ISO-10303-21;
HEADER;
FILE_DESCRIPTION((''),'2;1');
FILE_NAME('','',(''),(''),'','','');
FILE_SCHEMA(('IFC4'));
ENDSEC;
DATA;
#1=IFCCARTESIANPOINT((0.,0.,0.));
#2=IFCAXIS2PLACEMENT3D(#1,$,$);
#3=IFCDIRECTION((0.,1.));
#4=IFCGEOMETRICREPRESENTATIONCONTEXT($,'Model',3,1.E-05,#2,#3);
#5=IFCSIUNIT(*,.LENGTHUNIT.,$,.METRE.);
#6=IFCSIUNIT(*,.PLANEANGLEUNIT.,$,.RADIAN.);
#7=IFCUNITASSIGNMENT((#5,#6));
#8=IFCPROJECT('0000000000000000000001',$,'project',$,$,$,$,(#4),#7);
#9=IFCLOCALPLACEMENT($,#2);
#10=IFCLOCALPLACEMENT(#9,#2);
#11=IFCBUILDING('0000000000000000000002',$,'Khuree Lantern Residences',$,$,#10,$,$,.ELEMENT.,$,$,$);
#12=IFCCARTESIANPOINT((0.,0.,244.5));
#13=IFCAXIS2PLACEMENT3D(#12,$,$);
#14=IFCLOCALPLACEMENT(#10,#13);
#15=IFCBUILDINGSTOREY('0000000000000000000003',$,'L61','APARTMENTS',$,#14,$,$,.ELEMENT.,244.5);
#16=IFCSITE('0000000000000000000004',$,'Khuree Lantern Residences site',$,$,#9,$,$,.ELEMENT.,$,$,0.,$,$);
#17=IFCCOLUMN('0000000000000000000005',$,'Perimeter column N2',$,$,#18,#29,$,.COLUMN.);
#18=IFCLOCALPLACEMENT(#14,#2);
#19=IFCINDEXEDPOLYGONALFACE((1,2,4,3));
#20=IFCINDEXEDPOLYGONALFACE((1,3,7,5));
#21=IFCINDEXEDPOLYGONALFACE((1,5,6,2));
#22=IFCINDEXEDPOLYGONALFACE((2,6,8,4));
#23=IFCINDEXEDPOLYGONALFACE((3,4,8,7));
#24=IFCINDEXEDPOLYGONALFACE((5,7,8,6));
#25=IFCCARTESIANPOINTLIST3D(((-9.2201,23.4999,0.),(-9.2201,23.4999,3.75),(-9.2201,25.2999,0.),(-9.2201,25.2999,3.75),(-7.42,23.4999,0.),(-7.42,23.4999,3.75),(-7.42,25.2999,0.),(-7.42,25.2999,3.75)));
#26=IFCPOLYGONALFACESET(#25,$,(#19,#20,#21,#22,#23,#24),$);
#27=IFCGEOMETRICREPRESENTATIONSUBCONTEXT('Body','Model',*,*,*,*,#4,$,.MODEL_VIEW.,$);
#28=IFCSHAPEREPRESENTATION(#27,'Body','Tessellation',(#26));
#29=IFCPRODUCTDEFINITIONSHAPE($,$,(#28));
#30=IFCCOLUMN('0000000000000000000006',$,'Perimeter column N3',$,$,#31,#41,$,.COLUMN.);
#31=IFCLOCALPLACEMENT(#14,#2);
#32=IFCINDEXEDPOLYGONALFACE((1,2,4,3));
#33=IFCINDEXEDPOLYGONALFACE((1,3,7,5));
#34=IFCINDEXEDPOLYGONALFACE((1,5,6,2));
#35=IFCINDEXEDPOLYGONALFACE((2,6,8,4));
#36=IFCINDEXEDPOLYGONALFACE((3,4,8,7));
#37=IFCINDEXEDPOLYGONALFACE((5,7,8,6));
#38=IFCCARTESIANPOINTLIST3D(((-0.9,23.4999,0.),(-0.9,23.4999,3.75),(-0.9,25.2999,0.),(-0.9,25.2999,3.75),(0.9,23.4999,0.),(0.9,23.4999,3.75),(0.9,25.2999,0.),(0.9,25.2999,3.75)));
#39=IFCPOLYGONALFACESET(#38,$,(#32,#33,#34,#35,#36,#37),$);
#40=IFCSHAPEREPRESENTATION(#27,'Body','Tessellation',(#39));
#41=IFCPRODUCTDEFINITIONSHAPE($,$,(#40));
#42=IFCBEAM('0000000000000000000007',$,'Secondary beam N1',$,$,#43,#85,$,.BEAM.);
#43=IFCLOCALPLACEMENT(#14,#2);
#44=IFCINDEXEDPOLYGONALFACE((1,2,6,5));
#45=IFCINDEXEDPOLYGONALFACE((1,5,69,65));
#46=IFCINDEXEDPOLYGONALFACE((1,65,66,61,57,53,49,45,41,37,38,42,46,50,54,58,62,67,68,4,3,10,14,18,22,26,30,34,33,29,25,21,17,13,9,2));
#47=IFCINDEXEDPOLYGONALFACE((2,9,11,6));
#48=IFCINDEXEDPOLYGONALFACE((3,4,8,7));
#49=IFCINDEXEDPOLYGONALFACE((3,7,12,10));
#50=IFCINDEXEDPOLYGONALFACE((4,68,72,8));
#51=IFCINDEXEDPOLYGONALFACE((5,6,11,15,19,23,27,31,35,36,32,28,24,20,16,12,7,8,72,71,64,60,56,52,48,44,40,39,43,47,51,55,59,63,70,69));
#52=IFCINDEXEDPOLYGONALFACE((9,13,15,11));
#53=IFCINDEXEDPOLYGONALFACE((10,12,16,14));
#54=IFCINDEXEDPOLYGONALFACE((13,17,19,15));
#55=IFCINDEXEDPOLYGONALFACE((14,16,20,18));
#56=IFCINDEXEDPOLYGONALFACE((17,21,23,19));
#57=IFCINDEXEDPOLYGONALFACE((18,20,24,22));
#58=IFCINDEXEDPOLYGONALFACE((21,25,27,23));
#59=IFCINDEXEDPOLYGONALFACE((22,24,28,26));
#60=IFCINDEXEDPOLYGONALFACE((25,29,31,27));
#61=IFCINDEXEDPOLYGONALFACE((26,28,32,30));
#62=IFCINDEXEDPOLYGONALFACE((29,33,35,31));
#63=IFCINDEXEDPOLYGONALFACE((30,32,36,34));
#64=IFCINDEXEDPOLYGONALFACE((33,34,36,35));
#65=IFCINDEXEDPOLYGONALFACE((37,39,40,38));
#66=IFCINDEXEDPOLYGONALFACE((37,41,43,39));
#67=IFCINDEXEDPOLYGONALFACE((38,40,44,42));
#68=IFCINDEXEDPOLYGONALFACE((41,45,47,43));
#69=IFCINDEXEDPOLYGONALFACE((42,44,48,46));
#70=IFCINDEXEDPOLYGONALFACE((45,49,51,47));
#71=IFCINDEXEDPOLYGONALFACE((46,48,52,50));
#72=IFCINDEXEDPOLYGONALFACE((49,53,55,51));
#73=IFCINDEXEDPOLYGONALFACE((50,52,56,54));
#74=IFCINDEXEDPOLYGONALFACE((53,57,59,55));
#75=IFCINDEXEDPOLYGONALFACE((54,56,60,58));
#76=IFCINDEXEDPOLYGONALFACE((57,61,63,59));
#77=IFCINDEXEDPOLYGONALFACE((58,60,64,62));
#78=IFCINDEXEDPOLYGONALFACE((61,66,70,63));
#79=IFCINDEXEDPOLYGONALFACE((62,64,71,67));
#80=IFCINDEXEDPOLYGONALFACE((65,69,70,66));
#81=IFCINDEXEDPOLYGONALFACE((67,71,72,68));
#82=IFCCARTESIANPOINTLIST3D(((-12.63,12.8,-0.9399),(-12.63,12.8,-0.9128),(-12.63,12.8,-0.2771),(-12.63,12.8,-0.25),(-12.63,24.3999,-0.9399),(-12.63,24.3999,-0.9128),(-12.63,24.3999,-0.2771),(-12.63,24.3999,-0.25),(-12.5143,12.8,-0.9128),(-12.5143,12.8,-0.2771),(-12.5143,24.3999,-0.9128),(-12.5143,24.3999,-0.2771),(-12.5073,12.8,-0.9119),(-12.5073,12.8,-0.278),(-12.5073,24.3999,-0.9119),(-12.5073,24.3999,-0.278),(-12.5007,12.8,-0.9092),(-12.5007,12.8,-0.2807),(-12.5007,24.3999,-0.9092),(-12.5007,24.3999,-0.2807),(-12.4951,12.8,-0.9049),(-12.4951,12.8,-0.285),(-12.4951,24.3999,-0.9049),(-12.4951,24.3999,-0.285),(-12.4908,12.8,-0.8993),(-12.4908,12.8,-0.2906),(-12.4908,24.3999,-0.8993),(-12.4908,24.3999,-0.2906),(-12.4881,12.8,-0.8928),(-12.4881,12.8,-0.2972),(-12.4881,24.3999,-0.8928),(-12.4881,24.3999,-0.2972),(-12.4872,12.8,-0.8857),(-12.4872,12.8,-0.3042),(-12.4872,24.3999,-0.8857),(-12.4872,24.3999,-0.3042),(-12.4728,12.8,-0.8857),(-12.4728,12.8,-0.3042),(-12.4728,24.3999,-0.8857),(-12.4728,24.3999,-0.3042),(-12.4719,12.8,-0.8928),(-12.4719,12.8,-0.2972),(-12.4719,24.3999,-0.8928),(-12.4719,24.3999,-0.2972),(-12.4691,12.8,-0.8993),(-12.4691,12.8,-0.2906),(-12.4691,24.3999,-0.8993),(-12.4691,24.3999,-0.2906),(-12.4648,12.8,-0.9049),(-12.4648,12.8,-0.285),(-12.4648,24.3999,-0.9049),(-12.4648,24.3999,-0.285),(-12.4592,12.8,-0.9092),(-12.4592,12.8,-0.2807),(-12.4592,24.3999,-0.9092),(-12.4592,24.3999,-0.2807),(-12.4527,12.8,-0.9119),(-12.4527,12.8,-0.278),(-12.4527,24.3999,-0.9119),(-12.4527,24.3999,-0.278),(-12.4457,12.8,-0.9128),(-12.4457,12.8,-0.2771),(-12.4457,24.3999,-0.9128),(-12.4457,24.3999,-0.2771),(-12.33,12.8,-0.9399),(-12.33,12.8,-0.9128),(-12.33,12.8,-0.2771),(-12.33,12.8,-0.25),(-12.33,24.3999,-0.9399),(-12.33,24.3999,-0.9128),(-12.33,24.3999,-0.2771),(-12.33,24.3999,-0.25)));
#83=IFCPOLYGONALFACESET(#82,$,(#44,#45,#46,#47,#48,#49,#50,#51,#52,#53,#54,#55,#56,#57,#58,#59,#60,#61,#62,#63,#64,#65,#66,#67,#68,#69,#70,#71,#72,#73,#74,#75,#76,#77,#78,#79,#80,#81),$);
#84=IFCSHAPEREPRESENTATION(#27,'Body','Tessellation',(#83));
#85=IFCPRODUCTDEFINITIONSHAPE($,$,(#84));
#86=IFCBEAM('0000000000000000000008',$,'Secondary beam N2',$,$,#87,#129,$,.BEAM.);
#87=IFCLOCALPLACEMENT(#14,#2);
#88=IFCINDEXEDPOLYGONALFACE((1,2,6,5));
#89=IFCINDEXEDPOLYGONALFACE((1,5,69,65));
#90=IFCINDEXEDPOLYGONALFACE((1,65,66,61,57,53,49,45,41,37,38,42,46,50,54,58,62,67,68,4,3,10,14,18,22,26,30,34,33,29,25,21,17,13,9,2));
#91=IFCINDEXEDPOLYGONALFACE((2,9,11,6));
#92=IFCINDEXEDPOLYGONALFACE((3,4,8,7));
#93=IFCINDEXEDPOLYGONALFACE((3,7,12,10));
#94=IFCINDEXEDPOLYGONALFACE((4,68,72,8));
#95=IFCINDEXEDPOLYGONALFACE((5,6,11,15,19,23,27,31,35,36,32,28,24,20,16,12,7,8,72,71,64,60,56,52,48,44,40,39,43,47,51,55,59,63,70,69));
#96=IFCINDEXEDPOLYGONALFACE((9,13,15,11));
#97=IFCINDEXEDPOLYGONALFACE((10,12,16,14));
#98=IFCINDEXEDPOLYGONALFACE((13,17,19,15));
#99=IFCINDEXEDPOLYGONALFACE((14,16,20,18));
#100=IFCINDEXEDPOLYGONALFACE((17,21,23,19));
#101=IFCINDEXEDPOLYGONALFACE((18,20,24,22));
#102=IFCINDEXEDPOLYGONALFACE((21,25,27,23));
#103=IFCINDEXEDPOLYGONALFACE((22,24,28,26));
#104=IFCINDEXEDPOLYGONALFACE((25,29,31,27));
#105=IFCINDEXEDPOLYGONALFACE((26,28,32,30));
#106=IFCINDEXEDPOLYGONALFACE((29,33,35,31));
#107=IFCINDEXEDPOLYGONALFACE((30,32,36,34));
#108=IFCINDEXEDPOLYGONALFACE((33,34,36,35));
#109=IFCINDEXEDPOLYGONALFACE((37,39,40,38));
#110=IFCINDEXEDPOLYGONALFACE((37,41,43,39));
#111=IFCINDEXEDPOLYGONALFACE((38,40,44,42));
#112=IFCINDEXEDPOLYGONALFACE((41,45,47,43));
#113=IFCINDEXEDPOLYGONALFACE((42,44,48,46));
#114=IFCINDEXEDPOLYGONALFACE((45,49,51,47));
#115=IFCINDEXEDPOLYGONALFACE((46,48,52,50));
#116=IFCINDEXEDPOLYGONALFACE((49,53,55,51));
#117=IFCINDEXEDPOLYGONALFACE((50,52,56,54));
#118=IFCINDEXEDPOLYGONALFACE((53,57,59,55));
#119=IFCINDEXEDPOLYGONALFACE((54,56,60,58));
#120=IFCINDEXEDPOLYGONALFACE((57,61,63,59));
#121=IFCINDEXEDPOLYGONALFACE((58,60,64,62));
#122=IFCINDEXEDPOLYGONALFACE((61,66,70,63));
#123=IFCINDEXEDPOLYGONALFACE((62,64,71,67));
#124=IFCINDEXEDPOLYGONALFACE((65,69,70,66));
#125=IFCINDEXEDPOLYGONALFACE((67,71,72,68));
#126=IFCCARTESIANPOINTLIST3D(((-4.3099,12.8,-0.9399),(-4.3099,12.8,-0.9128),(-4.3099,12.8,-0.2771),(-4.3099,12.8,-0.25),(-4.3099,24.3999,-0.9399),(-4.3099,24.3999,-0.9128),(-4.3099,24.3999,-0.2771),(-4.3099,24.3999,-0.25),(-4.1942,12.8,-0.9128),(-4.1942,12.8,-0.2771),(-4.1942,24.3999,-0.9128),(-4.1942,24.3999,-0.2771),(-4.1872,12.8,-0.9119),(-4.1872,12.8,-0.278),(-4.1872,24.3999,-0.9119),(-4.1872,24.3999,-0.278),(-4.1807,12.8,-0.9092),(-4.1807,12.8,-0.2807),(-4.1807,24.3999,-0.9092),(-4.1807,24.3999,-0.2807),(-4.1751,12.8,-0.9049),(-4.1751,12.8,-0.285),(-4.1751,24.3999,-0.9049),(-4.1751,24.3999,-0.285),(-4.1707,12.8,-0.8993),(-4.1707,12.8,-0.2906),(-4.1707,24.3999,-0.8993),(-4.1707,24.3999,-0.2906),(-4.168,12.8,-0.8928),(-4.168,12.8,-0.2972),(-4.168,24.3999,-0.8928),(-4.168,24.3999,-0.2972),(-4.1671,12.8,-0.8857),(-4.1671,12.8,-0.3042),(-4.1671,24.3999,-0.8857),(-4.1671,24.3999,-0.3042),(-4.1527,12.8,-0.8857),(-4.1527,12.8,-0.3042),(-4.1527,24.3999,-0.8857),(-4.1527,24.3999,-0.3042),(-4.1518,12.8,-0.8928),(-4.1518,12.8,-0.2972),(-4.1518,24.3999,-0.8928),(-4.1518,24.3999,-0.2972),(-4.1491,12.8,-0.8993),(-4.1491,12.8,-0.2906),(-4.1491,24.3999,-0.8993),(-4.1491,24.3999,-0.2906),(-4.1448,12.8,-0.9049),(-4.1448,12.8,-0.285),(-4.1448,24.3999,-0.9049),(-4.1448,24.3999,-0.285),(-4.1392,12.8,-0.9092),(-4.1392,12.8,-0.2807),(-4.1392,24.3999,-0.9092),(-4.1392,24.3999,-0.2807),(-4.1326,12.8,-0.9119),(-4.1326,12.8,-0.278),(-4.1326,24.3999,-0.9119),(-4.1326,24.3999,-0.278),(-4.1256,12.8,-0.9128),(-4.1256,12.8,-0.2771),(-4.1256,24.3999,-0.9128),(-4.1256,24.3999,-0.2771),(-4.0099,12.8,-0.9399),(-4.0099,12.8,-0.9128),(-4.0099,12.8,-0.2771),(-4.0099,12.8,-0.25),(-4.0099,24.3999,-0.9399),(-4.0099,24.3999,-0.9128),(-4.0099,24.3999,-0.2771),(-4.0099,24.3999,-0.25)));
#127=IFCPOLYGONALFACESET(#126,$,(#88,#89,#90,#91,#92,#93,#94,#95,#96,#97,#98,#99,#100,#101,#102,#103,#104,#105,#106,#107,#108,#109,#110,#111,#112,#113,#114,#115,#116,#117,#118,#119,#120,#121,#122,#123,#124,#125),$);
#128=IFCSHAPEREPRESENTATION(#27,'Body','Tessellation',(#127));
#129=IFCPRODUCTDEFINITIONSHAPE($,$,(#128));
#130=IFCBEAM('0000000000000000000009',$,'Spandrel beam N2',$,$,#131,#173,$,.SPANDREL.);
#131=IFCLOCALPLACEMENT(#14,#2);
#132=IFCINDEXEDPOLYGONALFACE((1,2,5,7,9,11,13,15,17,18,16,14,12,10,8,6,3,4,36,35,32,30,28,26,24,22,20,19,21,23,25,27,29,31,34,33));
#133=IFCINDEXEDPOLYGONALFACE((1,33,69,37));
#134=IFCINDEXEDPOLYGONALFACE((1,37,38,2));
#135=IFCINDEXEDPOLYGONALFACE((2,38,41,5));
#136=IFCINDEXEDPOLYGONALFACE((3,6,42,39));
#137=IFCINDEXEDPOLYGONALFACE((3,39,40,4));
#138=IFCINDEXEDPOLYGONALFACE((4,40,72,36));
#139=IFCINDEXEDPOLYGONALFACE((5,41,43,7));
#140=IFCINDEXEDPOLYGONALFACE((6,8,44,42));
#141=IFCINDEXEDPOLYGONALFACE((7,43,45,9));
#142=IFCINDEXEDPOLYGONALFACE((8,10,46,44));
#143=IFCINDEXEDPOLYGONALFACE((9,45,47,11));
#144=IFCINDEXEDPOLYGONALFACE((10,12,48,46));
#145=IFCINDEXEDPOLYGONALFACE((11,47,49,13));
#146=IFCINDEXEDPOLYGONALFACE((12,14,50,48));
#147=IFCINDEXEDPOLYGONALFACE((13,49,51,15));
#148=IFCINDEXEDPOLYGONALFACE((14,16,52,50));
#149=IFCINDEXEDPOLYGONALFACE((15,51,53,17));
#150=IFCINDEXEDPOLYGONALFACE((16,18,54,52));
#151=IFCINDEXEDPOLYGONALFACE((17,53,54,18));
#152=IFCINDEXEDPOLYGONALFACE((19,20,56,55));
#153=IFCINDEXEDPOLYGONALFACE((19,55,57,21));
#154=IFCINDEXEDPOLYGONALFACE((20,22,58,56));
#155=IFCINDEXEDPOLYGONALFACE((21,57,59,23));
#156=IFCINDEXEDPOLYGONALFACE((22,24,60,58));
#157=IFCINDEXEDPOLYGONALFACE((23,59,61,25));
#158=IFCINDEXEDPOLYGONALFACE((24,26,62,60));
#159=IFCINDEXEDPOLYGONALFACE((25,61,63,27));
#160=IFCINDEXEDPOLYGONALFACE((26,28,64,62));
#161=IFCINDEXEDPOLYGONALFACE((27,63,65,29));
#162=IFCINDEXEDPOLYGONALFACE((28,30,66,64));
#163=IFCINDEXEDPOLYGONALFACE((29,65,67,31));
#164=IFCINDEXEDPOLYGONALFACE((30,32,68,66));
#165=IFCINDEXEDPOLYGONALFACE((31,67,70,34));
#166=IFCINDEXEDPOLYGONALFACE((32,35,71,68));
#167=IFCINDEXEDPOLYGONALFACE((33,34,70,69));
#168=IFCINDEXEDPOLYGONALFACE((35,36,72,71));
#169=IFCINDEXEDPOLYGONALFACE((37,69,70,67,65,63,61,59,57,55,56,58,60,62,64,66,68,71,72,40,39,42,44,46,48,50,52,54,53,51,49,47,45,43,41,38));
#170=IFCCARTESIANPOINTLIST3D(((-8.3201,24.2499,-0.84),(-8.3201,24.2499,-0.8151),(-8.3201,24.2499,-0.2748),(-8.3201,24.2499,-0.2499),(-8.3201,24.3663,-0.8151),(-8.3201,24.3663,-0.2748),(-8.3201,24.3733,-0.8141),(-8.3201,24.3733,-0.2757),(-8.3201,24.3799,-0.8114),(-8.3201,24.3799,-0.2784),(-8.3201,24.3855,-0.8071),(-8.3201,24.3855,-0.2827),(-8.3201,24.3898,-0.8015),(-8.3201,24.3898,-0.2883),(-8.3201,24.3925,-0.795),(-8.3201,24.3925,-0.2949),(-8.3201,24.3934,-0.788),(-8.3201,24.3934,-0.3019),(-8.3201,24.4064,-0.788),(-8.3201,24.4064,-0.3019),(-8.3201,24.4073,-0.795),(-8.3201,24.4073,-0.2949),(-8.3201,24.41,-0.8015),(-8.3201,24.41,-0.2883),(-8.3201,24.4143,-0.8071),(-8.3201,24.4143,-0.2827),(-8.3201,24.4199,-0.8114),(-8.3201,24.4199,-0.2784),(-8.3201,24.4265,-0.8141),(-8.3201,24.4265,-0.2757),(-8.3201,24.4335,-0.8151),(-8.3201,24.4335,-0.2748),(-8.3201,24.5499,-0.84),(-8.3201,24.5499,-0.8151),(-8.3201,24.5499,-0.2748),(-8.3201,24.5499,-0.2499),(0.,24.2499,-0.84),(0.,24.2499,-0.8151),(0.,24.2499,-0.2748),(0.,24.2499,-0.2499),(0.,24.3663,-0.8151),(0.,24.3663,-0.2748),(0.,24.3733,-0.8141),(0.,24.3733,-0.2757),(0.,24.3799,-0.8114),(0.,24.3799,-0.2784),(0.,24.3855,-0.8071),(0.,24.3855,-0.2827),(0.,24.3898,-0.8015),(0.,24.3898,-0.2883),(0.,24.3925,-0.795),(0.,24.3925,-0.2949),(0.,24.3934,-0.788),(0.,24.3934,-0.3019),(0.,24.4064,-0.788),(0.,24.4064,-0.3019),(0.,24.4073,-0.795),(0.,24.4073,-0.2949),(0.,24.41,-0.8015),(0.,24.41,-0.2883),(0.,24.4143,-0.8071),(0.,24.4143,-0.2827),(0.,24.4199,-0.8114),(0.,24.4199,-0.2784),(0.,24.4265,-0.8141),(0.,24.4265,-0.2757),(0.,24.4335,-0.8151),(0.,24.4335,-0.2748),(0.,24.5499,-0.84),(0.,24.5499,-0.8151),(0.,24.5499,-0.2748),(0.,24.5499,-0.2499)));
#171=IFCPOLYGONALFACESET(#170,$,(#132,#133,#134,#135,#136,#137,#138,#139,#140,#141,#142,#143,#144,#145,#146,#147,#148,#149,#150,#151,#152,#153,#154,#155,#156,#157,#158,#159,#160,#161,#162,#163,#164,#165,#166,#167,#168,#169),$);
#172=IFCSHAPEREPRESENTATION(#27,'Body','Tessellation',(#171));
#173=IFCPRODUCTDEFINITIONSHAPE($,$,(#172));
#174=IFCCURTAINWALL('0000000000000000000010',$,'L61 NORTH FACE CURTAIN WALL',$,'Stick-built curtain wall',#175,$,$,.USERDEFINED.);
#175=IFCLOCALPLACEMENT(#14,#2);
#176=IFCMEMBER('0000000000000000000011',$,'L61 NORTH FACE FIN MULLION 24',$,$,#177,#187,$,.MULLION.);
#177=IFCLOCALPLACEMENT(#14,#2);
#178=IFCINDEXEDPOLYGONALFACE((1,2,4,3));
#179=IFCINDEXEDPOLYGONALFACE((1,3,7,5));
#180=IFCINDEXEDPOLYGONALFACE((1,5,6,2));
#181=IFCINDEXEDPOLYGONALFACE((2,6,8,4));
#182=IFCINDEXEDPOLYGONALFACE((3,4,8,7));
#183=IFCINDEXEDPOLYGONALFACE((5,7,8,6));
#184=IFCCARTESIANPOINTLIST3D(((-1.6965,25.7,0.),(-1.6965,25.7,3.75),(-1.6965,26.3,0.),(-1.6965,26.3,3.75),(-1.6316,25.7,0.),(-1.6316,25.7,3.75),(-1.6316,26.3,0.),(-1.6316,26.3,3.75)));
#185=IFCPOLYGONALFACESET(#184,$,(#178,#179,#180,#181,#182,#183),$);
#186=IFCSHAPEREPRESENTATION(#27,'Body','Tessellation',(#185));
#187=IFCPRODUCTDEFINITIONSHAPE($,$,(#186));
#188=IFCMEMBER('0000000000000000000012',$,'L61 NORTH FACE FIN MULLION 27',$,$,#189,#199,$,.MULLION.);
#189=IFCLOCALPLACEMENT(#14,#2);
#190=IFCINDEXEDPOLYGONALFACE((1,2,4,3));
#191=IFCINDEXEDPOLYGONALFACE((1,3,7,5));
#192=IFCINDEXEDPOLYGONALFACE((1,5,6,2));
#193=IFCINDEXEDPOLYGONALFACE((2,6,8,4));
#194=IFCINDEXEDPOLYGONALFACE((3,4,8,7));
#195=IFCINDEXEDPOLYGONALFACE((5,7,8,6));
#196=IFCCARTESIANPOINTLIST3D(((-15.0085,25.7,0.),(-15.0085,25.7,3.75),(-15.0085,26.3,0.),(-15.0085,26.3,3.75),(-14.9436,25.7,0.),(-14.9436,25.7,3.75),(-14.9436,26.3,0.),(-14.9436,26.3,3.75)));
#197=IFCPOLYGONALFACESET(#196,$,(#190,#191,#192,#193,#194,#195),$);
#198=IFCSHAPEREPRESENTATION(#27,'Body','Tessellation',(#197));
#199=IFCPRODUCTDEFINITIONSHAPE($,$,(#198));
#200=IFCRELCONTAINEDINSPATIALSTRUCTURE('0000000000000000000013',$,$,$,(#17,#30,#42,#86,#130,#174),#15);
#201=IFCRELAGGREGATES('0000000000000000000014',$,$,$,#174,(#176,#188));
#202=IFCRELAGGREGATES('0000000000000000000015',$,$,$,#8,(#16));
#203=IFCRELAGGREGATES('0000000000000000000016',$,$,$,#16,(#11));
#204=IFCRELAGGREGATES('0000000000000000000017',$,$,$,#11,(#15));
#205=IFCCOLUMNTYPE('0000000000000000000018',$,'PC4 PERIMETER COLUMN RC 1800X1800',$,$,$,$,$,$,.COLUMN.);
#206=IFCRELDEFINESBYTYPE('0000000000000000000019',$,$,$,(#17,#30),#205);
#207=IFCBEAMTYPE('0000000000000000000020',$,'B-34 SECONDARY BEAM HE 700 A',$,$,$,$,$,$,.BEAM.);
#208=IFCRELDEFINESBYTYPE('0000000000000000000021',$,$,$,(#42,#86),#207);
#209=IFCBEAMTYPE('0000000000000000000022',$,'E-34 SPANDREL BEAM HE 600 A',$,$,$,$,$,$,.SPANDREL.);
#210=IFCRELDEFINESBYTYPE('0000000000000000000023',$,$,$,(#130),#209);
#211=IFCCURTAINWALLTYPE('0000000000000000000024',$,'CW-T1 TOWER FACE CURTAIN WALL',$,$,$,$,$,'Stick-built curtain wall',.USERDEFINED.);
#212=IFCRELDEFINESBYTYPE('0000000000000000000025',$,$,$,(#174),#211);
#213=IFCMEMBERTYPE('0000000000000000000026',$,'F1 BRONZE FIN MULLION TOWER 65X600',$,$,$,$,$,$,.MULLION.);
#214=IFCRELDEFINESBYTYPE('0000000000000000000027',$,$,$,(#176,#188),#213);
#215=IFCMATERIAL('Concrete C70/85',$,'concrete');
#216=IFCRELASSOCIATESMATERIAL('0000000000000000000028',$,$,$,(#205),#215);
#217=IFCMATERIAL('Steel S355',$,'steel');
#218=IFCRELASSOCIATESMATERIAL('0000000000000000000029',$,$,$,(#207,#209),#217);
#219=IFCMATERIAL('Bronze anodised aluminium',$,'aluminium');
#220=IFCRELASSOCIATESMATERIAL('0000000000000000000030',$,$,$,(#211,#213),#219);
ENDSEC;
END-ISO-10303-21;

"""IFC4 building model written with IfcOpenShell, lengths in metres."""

from ifc_helpers import new_model, si_unit, direction, frame, origin, origin_2d, place, context, subcontext, project, spatial, rectangle, i_section, extrude, material, material_profile, profile_set, type_object, element, aggregate, save


model = new_model("IFC4")

# Units and contexts
model_context = context("Model", 3, precision=1e-05, world=origin(), true_north=direction((0.0, 1.0)))
body_context = subcontext(model_context, "Body", "Model", "MODEL_VIEW")
ifc_project = project(units=[si_unit("LENGTHUNIT", "METRE"), si_unit("PLANEANGLEUNIT", "RADIAN")], contexts=[model_context])

# Site, building, storey
site_placement = place(None, origin())
site = spatial("IfcSite", under=ifc_project, at=site_placement, Name="Khuree Lantern Residences site", CompositionType="ELEMENT", RefElevation=0.0)
building_placement = place(site_placement, origin())
building = spatial("IfcBuilding", under=site, at=building_placement, Name="Khuree Lantern Residences", CompositionType="ELEMENT")
storey_placement = place(building_placement, frame((0.0, 0.0, 244.5)))
storey = spatial("IfcBuildingStorey", under=building, at=storey_placement, Name="L61", Description="APARTMENTS", CompositionType="ELEMENT", Elevation=244.5)

# Columns
ifc_material_1 = material(Name="Concrete C70/85", Category="concrete")
ifc_material_profile_1 = material_profile(ifc_material_1, rectangle(XDim=1.8, YDim=1.8, at=origin_2d()), Name="RC 1800X1800")
ifc_profile_set_1 = profile_set([ifc_material_profile_1], Name="Concrete C70/85")
column_type = type_object("IfcColumnType", Name="PC4 PERIMETER COLUMN RC 1800X1800", PredefinedType="COLUMN", material=ifc_profile_set_1)
for number, where, z_axis, x_axis, name in (
    (1, (-8.3201, 24.3999, 0.0), (0.0, 0.0, 1.0), (1.0, 0.0, 0.0), "Perimeter column N2"),
    (2, (0.0, 24.3999, 0.0), (0.0, 0.0, 1.0), (1.0, 0.0, 0.0), "Perimeter column N3"),
):
    element("IfcColumn", number, at=place(storey_placement, frame(where, z_axis=z_axis, x_axis=x_axis)), inside=storey, type_object=column_type, Name=name, PredefinedType="COLUMN", context=body_context, shape_type="SweptSolid", body=[
        extrude(rectangle(XDim=1.8, YDim=1.8, at=origin_2d()), origin(), (0.0, 0.0, 1.0), 3.75),
    ])

# Beams
ifc_material_2 = material(Name="Steel S355", Category="steel")
ifc_material_profile_2 = material_profile(ifc_material_2, i_section(OverallWidth=0.3, OverallDepth=0.6899, WebThickness=0.0144, FlangeThickness=0.0271, FilletRadius=0.0271, at=origin_2d()), Name="HE 700 A")
ifc_profile_set_2 = profile_set([ifc_material_profile_2], Name="Steel S355")
beam_type_1 = type_object("IfcBeamType", Name="B-34 SECONDARY BEAM HE 700 A", PredefinedType="BEAM", material=ifc_profile_set_2)
for number, where, z_axis, x_axis, name in (
    (3, (-12.48, 24.3999, -0.595), (0.0, -1.0, 0.0), (1.0, 0.0, 0.0), "Secondary beam N1"),
    (4, (-4.1599, 24.3999, -0.595), (0.0, -1.0, 0.0), (1.0, 0.0, 0.0), "Secondary beam N2"),
):
    element("IfcBeam", number, at=place(storey_placement, frame(where, z_axis=z_axis, x_axis=x_axis)), inside=storey, type_object=beam_type_1, Name=name, PredefinedType="BEAM", context=body_context, shape_type="SweptSolid", body=[
        extrude(i_section(OverallWidth=0.3, OverallDepth=0.6899, WebThickness=0.0144, FlangeThickness=0.0271, FilletRadius=0.0271, at=origin_2d()), origin(), (0.0, 0.0, 1.0), 11.5999),
    ])
ifc_material_profile_3 = material_profile(ifc_material_2, i_section(OverallWidth=0.3, OverallDepth=0.5901, WebThickness=0.0129, FlangeThickness=0.0249, FilletRadius=0.0271, at=origin_2d()), Name="HE 600 A")
ifc_profile_set_3 = profile_set([ifc_material_profile_3], Name="Steel S355")
beam_type_2 = type_object("IfcBeamType", Name="E-34 SPANDREL BEAM HE 600 A", PredefinedType="SPANDREL", material=ifc_profile_set_3)
beam_1_placement = place(storey_placement, frame((-8.3201, 24.3999, -0.5449), z_axis=(1.0, 0.0, 0.0), x_axis=(0.0, 1.0, 0.0)))
element("IfcBeam", 5, at=beam_1_placement, inside=storey, type_object=beam_type_2, Name="Spandrel beam N2", PredefinedType="SPANDREL", context=body_context, shape_type="SweptSolid", body=[
    extrude(i_section(OverallWidth=0.3, OverallDepth=0.5901, WebThickness=0.0129, FlangeThickness=0.0249, FilletRadius=0.0271, at=origin_2d()), origin(), (0.0, 0.0, 1.0), 8.3201),
])

# Curtain wall, members
ifc_material_3 = material(Name="Bronze anodised aluminium", Category="aluminium")
curtain_wall_type = type_object("IfcCurtainWallType", Name="CW-T1 TOWER FACE CURTAIN WALL", ElementType="Stick-built curtain wall", PredefinedType="USERDEFINED", material=ifc_material_3)
curtain_wall_placement = place(storey_placement, origin())
curtain_wall = element("IfcCurtainWall", 6, at=curtain_wall_placement, inside=storey, type_object=curtain_wall_type, Name="L61 NORTH FACE CURTAIN WALL", ObjectType="Stick-built curtain wall", PredefinedType="USERDEFINED")
ifc_material_profile_4 = material_profile(ifc_material_3, rectangle(XDim=0.0649, YDim=0.6001, at=origin_2d()), Name="F1 65X600")
ifc_profile_set_4 = profile_set([ifc_material_profile_4], Name="Bronze anodised aluminium")
member_type_1 = type_object("IfcMemberType", Name="F1 BRONZE FIN MULLION TOWER 65X600", PredefinedType="MULLION", material=ifc_profile_set_4)
member_1_placement = place(storey_placement, frame((-1.6641, 26.0, 0.0), z_axis=(0.0, 0.0, 1.0), x_axis=(-1.0, 0.0, 0.0)))
member_1 = element("IfcMember", 7, at=member_1_placement, type_object=member_type_1, Name="L61 NORTH FACE FIN MULLION 24", PredefinedType="MULLION", context=body_context, shape_type="SweptSolid", body=[
    extrude(rectangle(XDim=0.0649, YDim=0.6001, at=origin_2d()), origin(), (0.0, 0.0, 1.0), 3.75),
])
member_2_placement = place(storey_placement, frame((-14.9761, 26.0, 0.0), z_axis=(0.0, 0.0, 1.0), x_axis=(-1.0, 0.0, 0.0)))
member_2 = element("IfcMember", 8, at=member_2_placement, type_object=member_type_1, Name="L61 NORTH FACE FIN MULLION 27", PredefinedType="MULLION", context=body_context, shape_type="SweptSolid", body=[
    extrude(rectangle(XDim=0.0649, YDim=0.6001, at=origin_2d()), origin(), (0.0, 0.0, 1.0), 3.75),
])

aggregate(curtain_wall, [member_1, member_2])

save(model, "model.ifc")
